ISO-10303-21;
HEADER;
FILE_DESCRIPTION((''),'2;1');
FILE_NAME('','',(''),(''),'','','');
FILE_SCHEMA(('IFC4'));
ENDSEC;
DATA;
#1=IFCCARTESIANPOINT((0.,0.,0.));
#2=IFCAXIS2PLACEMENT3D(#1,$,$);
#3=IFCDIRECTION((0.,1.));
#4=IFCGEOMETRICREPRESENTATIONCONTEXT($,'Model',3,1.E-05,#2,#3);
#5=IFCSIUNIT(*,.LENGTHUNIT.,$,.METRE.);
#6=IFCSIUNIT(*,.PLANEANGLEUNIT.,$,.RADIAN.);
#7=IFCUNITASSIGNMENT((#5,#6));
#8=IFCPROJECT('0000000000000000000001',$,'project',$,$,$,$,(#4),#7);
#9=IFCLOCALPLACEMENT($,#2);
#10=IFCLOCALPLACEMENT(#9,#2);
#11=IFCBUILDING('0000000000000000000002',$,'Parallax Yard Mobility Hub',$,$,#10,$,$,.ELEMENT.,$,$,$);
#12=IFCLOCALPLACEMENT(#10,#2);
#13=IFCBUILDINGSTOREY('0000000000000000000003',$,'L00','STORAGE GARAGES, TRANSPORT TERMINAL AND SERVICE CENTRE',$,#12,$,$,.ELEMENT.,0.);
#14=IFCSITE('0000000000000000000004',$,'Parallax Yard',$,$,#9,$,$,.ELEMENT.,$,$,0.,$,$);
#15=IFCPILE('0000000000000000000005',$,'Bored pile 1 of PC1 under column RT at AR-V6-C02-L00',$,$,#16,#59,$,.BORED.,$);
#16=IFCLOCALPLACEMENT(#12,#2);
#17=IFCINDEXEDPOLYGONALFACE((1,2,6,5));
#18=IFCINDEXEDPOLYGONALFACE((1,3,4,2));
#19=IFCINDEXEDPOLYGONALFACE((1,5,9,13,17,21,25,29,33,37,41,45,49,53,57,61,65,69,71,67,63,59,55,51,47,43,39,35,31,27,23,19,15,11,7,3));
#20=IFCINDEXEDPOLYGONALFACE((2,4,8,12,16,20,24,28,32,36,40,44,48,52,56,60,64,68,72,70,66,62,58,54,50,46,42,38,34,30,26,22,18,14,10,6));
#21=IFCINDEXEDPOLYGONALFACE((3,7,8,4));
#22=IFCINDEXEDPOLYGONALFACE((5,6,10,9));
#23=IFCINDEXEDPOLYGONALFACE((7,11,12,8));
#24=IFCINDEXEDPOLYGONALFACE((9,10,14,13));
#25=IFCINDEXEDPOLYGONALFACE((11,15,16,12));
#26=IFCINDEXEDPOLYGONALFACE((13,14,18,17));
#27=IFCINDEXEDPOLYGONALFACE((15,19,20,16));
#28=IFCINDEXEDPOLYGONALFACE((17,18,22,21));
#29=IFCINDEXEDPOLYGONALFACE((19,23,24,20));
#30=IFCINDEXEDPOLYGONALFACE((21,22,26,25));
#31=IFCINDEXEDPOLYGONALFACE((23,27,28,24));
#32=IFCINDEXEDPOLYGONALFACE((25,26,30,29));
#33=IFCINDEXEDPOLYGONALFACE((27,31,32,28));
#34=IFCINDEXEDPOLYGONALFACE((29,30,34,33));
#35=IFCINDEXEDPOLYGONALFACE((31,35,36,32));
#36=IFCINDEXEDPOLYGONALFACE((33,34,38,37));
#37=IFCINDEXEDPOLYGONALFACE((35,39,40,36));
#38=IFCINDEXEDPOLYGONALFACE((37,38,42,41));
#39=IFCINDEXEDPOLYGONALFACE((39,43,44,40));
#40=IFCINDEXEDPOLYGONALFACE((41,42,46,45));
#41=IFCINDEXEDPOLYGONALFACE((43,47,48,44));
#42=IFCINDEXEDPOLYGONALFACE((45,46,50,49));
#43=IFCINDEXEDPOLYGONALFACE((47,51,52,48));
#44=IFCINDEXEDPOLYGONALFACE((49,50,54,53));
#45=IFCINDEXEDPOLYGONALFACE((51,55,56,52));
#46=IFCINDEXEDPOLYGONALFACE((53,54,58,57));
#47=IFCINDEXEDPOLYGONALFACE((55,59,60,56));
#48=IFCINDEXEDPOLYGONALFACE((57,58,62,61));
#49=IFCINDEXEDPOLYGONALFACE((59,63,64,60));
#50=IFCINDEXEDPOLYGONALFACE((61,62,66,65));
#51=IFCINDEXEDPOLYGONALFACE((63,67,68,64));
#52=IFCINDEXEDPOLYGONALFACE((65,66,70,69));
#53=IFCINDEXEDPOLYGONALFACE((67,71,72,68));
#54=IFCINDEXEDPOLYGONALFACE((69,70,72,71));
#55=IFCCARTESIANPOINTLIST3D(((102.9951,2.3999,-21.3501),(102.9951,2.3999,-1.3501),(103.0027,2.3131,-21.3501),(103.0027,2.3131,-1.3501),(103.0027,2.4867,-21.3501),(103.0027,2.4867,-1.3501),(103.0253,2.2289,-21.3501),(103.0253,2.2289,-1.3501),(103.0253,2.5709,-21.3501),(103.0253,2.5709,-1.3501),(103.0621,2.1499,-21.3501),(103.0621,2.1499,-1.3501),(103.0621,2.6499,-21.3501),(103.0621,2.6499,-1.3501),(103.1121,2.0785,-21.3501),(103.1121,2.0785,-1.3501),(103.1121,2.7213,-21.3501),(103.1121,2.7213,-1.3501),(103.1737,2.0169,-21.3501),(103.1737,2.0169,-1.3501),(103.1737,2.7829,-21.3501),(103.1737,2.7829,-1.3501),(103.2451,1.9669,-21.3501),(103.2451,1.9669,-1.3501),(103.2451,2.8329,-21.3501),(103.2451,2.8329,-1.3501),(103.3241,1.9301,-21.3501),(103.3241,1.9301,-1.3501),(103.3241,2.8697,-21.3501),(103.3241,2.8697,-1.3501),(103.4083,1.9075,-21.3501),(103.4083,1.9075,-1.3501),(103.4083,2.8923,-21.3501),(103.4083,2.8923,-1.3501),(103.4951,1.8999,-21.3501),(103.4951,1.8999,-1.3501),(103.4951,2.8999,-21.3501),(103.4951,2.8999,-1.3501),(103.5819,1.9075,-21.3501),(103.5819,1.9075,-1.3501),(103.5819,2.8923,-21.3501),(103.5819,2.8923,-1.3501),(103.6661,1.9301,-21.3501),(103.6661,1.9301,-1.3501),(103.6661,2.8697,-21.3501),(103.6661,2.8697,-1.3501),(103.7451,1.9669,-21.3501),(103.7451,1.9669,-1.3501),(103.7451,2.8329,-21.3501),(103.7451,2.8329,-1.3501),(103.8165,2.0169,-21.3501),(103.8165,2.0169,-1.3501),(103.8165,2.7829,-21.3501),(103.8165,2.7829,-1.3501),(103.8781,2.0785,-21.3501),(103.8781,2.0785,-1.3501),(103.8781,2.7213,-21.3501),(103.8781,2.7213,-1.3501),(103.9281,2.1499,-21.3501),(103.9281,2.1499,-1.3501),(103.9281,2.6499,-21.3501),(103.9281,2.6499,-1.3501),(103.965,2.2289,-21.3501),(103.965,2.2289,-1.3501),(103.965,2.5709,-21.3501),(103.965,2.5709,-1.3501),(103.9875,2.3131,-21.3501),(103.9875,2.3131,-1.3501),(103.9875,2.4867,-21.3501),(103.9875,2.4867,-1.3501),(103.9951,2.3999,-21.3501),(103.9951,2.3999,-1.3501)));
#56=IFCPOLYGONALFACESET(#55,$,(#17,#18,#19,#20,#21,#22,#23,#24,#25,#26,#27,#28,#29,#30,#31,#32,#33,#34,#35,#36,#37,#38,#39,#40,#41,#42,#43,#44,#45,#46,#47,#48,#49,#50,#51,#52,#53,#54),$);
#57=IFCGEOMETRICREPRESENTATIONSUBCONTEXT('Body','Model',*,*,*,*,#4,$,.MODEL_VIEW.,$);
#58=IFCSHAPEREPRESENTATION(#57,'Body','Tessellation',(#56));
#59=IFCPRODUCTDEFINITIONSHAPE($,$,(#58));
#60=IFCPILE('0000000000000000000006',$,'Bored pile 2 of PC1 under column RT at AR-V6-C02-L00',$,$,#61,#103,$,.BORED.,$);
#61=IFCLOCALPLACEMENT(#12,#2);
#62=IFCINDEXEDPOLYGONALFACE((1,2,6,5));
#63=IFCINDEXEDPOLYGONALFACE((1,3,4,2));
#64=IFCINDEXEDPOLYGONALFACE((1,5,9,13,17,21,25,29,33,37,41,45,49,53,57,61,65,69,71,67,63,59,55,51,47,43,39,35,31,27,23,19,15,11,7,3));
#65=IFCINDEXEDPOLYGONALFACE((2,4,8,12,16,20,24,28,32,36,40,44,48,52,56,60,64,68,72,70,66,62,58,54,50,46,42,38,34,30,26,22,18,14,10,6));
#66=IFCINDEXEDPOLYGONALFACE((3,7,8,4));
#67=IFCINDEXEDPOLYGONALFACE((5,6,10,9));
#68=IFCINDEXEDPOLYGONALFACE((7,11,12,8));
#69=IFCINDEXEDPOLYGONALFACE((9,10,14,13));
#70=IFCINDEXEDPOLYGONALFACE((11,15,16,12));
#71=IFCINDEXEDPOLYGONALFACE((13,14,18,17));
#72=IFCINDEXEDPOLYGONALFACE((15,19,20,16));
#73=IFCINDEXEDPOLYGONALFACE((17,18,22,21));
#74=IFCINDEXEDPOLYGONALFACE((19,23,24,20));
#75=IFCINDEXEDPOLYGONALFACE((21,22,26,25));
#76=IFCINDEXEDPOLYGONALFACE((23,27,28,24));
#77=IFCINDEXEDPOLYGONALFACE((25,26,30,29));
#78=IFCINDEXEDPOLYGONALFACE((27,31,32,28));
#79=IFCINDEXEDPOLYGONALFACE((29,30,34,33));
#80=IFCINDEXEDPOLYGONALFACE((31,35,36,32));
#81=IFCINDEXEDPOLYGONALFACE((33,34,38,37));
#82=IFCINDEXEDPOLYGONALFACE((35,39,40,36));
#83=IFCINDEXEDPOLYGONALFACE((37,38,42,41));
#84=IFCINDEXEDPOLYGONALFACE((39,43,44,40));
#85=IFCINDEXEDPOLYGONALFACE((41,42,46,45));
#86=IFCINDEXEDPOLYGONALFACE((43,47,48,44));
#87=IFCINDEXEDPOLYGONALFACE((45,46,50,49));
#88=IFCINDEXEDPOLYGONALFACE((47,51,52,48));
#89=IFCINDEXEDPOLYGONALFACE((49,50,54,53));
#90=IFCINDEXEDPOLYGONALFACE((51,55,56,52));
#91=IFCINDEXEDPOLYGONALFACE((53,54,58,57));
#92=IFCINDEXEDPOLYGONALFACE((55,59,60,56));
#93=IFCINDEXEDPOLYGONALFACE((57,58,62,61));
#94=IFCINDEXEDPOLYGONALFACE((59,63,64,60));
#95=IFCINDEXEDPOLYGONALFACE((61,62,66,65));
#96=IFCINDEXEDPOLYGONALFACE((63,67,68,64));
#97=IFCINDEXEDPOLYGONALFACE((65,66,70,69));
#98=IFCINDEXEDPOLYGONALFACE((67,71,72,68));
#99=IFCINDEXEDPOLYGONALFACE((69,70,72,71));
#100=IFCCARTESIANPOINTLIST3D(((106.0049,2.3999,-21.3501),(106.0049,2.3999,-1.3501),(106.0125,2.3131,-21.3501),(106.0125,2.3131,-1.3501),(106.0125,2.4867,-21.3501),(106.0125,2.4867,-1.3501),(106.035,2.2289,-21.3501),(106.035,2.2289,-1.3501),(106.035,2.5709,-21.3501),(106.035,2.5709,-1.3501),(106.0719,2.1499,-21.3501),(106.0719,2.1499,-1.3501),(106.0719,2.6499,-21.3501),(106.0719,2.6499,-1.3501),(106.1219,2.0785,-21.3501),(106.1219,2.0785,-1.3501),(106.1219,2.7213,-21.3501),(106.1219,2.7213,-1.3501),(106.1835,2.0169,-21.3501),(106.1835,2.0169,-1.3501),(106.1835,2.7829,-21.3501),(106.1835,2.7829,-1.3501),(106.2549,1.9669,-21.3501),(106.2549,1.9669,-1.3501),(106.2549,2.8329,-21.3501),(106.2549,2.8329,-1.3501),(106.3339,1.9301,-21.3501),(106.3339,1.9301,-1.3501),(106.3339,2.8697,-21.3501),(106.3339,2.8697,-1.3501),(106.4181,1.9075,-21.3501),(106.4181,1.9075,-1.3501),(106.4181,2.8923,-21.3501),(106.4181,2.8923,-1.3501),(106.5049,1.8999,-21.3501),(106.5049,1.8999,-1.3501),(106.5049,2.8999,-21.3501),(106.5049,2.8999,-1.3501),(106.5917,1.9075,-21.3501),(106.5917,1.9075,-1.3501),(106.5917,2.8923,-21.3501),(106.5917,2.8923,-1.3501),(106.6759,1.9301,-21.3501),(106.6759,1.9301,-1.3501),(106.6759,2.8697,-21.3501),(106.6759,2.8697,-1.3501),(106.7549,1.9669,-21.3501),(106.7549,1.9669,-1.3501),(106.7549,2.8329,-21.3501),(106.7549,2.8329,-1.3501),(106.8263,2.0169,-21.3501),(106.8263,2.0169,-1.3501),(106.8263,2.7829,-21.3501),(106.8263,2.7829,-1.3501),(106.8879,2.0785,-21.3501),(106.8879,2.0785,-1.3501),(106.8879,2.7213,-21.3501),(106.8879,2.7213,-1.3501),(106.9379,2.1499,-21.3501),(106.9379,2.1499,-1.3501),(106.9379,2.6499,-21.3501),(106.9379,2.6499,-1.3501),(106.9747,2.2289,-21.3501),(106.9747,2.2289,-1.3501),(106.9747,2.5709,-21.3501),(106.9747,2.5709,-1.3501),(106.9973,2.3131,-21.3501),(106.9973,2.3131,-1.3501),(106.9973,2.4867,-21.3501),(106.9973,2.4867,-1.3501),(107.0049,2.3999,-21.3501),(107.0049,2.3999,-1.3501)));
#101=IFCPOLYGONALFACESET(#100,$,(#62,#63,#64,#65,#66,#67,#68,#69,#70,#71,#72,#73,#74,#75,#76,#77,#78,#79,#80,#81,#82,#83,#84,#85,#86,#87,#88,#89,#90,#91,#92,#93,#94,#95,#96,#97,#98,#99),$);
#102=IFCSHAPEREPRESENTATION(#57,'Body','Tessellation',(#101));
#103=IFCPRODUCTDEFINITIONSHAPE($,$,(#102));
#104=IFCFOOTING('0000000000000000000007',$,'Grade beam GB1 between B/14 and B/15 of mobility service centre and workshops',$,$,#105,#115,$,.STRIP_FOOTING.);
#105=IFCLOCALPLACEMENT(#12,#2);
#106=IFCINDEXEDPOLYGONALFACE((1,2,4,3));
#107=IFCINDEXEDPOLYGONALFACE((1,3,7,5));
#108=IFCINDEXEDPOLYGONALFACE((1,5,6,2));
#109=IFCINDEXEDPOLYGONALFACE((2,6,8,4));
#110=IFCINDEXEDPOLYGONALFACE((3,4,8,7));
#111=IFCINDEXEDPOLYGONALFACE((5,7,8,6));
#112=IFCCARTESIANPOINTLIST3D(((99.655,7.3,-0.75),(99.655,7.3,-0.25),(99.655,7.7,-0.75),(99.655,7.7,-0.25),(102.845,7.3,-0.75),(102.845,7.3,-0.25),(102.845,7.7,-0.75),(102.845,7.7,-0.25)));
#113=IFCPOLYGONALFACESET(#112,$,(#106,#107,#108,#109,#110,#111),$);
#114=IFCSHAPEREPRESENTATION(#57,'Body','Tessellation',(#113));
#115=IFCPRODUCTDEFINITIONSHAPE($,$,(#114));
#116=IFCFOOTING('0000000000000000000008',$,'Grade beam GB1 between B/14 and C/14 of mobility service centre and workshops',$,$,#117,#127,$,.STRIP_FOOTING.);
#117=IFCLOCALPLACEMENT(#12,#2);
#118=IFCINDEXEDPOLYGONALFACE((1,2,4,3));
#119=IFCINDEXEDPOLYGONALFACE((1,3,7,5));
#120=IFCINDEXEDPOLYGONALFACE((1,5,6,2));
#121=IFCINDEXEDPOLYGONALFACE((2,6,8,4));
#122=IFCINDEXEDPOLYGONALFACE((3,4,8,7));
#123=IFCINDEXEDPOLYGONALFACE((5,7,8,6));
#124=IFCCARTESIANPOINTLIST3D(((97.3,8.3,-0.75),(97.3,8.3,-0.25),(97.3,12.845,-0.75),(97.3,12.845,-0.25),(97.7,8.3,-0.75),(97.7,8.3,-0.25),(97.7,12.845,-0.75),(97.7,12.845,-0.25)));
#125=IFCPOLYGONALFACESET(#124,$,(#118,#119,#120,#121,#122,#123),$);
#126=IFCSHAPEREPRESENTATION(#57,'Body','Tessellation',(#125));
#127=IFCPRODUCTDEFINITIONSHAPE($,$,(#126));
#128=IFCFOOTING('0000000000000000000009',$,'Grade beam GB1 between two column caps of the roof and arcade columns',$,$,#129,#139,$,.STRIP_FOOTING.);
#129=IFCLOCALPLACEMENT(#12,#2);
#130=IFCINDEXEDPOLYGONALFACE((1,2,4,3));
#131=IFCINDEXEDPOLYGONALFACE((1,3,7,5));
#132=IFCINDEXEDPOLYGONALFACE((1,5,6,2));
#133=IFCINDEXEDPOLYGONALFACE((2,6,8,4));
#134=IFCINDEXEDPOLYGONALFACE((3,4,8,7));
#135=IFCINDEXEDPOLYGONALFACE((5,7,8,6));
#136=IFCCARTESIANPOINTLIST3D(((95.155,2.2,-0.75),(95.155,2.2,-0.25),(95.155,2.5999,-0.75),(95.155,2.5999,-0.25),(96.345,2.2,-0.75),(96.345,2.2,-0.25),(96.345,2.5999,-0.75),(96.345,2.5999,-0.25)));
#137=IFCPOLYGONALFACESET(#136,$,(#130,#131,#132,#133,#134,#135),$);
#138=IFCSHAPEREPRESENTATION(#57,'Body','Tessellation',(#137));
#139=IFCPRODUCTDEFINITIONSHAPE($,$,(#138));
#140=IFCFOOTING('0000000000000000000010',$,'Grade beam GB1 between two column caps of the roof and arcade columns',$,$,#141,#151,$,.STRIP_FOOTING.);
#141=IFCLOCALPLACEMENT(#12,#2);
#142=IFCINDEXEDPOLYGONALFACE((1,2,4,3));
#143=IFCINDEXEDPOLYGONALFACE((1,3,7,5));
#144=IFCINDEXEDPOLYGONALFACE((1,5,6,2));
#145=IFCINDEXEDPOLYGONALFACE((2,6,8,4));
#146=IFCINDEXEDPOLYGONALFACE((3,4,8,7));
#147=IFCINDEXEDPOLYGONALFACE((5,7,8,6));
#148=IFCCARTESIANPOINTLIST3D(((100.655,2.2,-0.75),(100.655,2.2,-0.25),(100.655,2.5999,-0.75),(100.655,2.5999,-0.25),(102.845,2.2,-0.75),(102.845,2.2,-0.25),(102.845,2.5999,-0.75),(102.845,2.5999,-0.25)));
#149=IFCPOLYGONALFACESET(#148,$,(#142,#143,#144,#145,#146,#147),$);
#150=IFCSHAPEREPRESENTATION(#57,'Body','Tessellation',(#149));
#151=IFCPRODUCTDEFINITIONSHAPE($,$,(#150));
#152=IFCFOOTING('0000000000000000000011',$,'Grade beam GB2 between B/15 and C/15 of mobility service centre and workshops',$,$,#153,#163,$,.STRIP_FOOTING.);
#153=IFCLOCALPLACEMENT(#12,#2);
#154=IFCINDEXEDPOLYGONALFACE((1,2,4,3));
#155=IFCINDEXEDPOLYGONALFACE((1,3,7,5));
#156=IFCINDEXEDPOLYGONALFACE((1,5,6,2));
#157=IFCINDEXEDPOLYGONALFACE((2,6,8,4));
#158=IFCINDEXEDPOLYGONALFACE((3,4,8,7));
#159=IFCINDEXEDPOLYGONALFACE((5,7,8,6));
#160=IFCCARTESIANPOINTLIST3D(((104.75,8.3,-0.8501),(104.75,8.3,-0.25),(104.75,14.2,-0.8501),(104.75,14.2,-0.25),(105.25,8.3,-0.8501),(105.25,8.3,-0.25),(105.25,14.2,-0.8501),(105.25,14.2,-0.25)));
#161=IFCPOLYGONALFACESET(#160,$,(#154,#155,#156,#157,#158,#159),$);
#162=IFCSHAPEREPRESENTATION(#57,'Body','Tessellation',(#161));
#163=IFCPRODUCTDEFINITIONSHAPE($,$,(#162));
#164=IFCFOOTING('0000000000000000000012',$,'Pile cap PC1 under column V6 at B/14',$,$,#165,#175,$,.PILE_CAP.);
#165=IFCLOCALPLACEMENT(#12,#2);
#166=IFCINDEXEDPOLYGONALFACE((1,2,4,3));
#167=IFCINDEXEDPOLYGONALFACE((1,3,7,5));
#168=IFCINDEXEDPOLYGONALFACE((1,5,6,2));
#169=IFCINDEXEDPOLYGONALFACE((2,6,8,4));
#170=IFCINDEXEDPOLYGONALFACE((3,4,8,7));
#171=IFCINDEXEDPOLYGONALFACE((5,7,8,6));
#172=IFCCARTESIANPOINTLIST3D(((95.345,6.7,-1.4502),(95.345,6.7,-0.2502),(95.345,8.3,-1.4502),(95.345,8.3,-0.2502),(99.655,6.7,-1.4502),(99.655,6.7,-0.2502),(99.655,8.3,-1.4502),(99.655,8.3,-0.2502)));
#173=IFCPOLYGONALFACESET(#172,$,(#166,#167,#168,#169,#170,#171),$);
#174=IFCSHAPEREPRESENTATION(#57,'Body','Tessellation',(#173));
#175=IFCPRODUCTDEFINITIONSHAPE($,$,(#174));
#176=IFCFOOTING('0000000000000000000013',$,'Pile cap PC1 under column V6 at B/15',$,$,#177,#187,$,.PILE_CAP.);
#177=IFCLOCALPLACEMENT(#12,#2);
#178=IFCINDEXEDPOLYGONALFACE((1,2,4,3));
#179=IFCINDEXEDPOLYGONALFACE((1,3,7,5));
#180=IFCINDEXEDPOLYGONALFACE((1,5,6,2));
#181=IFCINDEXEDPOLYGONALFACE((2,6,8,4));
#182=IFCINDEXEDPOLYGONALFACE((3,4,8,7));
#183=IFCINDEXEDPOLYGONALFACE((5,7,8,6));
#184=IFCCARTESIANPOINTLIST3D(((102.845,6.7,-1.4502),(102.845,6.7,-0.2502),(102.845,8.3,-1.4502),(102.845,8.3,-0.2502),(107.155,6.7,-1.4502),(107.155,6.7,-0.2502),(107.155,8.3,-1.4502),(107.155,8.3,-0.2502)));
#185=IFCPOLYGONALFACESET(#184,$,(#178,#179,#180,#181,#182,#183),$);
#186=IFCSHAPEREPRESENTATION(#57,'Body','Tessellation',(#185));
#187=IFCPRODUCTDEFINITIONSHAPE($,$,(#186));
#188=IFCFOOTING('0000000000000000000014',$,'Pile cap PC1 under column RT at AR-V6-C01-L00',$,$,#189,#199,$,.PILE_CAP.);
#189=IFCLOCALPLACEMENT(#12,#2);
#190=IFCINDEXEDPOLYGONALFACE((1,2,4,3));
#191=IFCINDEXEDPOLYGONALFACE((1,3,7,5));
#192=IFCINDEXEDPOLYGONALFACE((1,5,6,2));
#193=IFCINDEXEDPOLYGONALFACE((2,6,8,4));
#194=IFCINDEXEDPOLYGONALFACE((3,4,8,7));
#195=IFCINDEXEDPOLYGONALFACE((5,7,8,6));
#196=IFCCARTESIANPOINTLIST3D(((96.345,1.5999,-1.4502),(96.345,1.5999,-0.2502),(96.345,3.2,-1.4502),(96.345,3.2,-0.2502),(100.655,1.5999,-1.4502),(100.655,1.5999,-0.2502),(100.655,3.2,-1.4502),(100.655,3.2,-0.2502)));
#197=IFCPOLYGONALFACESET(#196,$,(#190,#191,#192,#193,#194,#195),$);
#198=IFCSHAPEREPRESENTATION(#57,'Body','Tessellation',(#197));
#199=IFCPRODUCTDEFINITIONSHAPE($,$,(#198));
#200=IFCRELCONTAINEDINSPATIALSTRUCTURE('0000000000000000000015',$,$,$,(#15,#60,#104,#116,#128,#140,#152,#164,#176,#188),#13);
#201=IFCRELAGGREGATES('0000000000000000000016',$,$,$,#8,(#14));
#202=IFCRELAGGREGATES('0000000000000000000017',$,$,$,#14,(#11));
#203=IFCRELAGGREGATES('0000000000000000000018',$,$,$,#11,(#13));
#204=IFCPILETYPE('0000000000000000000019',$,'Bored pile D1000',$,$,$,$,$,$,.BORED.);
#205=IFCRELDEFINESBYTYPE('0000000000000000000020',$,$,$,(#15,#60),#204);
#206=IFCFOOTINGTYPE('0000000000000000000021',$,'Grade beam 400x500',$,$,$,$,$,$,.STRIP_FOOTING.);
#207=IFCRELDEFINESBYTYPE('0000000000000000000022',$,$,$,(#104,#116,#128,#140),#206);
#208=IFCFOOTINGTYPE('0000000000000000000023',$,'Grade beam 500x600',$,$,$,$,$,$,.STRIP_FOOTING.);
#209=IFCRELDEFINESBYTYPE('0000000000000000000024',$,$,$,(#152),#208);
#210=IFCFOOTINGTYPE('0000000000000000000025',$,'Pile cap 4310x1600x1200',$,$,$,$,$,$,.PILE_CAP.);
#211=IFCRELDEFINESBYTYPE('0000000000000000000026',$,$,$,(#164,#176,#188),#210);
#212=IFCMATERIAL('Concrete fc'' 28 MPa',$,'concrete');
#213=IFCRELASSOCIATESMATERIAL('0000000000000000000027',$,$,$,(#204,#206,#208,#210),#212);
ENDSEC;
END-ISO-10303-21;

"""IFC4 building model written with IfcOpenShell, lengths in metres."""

from ifc_helpers import new_model, si_unit, direction, frame, origin, origin_2d, place, context, subcontext, project, spatial, rectangle, circle, extrude, material, material_profile, profile_set, type_object, element, save


model = new_model("IFC4")

# Units and contexts
model_context = context("Model", 3, precision=1e-05, world=origin(), true_north=direction((0.0, 1.0)))
body_context = subcontext(model_context, "Body", "Model", "MODEL_VIEW")
ifc_project = project(units=[si_unit("LENGTHUNIT", "METRE"), si_unit("PLANEANGLEUNIT", "RADIAN")], contexts=[model_context])

# Site, building, storey
site_placement = place(None, origin())
site = spatial("IfcSite", under=ifc_project, at=site_placement, Name="Parallax Yard", CompositionType="ELEMENT", RefElevation=0.0)
building_placement = place(site_placement, origin())
building = spatial("IfcBuilding", under=site, at=building_placement, Name="Parallax Yard Mobility Hub", CompositionType="ELEMENT")
storey_placement = place(building_placement, origin())
storey = spatial("IfcBuildingStorey", under=building, at=storey_placement, Name="L00", Description="STORAGE GARAGES, TRANSPORT TERMINAL AND SERVICE CENTRE", CompositionType="ELEMENT", Elevation=0.0)

# Piles
ifc_material_1 = material(Name="Concrete fc' 28 MPa", Category="concrete")
ifc_material_profile_1 = material_profile(ifc_material_1, circle(Radius=0.5, at=origin_2d()), Name="Bored pile D1000")
ifc_profile_set_1 = profile_set([ifc_material_profile_1], Name="Concrete fc' 28 MPa")
pile_type = type_object("IfcPileType", Name="Bored pile D1000", PredefinedType="BORED", material=ifc_profile_set_1)
for number, where, z_axis, x_axis, name in (
    (1, (103.4951, 2.3999, -1.3501), (0.0, 0.0, -1.0), (1.0, 0.0, 0.0), "Bored pile 1 of PC1 under column RT at AR-V6-C02-L00"),
    (2, (106.5049, 2.3999, -1.3501), (0.0, 0.0, -1.0), (1.0, 0.0, 0.0), "Bored pile 2 of PC1 under column RT at AR-V6-C02-L00"),
):
    element("IfcPile", number, at=place(storey_placement, frame(where, z_axis=z_axis, x_axis=x_axis)), inside=storey, type_object=pile_type, Name=name, PredefinedType="BORED", context=body_context, shape_type="SweptSolid", body=[
        extrude(circle(Radius=0.5, at=origin_2d()), origin(), (0.0, 0.0, 1.0), 20.0),
    ])

# Footings
ifc_material_profile_2 = material_profile(ifc_material_1, rectangle(XDim=0.3999, YDim=0.5, at=origin_2d()), Name="Grade beam 400x500")
ifc_profile_set_2 = profile_set([ifc_material_profile_2], Name="Concrete fc' 28 MPa")
footing_type_1 = type_object("IfcFootingType", Name="Grade beam 400x500", PredefinedType="STRIP_FOOTING", material=ifc_profile_set_2)
footing_1_placement = place(storey_placement, frame((99.655, 7.5, -0.5), z_axis=(1.0, 0.0, 0.0), x_axis=(0.0, 1.0, 0.0)))
element("IfcFooting", 3, at=footing_1_placement, inside=storey, type_object=footing_type_1, Name="Grade beam GB1 between B/14 and B/15 of mobility service centre and workshops", PredefinedType="STRIP_FOOTING", context=body_context, shape_type="SweptSolid", body=[
    extrude(rectangle(XDim=0.3999, YDim=0.5, at=origin_2d()), origin(), (0.0, 0.0, 1.0), 3.1899),
])
footing_2_placement = place(storey_placement, frame((97.5, 8.3, -0.5), z_axis=(0.0, 1.0, 0.0), x_axis=(-1.0, 0.0, 0.0)))
element("IfcFooting", 4, at=footing_2_placement, inside=storey, type_object=footing_type_1, Name="Grade beam GB1 between B/14 and C/14 of mobility service centre and workshops", PredefinedType="STRIP_FOOTING", context=body_context, shape_type="SweptSolid", body=[
    extrude(rectangle(XDim=0.3999, YDim=0.5, at=origin_2d()), origin(), (0.0, 0.0, 1.0), 4.5449),
])
footing_3_placement = place(storey_placement, frame((95.155, 2.3999, -0.5), z_axis=(1.0, 0.0, 0.0), x_axis=(0.0, 1.0, 0.0)))
element("IfcFooting", 5, at=footing_3_placement, inside=storey, type_object=footing_type_1, Name="Grade beam GB1 between two column caps of the roof and arcade columns", PredefinedType="STRIP_FOOTING", context=body_context, shape_type="SweptSolid", body=[
    extrude(rectangle(XDim=0.3999, YDim=0.5, at=origin_2d()), origin(), (0.0, 0.0, 1.0), 1.1899),
])
footing_4_placement = place(storey_placement, frame((100.655, 2.3999, -0.5), z_axis=(1.0, 0.0, 0.0), x_axis=(0.0, 1.0, 0.0)))
element("IfcFooting", 6, at=footing_4_placement, inside=storey, type_object=footing_type_1, Name="Grade beam GB1 between two column caps of the roof and arcade columns", PredefinedType="STRIP_FOOTING", context=body_context, shape_type="SweptSolid", body=[
    extrude(rectangle(XDim=0.3999, YDim=0.5, at=origin_2d()), origin(), (0.0, 0.0, 1.0), 2.1899),
])
ifc_material_profile_3 = material_profile(ifc_material_1, rectangle(XDim=0.5, YDim=0.6001, at=origin_2d()), Name="Grade beam 500x600")
ifc_profile_set_3 = profile_set([ifc_material_profile_3], Name="Concrete fc' 28 MPa")
footing_type_2 = type_object("IfcFootingType", Name="Grade beam 500x600", PredefinedType="STRIP_FOOTING", material=ifc_profile_set_3)
footing_5_placement = place(storey_placement, frame((105.0, 8.3, -0.55), z_axis=(0.0, 1.0, 0.0), x_axis=(-1.0, 0.0, 0.0)))
element("IfcFooting", 7, at=footing_5_placement, inside=storey, type_object=footing_type_2, Name="Grade beam GB2 between B/15 and C/15 of mobility service centre and workshops", PredefinedType="STRIP_FOOTING", context=body_context, shape_type="SweptSolid", body=[
    extrude(rectangle(XDim=0.5, YDim=0.6001, at=origin_2d()), origin(), (0.0, 0.0, 1.0), 5.8999),
])
footing_type_3 = type_object("IfcFootingType", Name="Pile cap 4310x1600x1200", PredefinedType="PILE_CAP", material=ifc_material_1)
for number, where, z_axis, x_axis, name in (
    (8, (97.5, 7.5, -1.4502), (0.0, 0.0, 1.0), (1.0, 0.0, 0.0), "Pile cap PC1 under column V6 at B/14"),
    (9, (105.0, 7.5, -1.4502), (0.0, 0.0, 1.0), (1.0, 0.0, 0.0), "Pile cap PC1 under column V6 at B/15"),
    (10, (98.5, 2.3999, -1.4502), (0.0, 0.0, 1.0), (1.0, 0.0, 0.0), "Pile cap PC1 under column RT at AR-V6-C01-L00"),
):
    element("IfcFooting", number, at=place(storey_placement, frame(where, z_axis=z_axis, x_axis=x_axis)), inside=storey, type_object=footing_type_3, Name=name, PredefinedType="PILE_CAP", context=body_context, shape_type="SweptSolid", body=[
        extrude(rectangle(XDim=4.3101, YDim=1.6001, at=origin_2d()), origin(), (0.0, 0.0, 1.0), 1.2),
    ])

save(model, "model.ifc")
